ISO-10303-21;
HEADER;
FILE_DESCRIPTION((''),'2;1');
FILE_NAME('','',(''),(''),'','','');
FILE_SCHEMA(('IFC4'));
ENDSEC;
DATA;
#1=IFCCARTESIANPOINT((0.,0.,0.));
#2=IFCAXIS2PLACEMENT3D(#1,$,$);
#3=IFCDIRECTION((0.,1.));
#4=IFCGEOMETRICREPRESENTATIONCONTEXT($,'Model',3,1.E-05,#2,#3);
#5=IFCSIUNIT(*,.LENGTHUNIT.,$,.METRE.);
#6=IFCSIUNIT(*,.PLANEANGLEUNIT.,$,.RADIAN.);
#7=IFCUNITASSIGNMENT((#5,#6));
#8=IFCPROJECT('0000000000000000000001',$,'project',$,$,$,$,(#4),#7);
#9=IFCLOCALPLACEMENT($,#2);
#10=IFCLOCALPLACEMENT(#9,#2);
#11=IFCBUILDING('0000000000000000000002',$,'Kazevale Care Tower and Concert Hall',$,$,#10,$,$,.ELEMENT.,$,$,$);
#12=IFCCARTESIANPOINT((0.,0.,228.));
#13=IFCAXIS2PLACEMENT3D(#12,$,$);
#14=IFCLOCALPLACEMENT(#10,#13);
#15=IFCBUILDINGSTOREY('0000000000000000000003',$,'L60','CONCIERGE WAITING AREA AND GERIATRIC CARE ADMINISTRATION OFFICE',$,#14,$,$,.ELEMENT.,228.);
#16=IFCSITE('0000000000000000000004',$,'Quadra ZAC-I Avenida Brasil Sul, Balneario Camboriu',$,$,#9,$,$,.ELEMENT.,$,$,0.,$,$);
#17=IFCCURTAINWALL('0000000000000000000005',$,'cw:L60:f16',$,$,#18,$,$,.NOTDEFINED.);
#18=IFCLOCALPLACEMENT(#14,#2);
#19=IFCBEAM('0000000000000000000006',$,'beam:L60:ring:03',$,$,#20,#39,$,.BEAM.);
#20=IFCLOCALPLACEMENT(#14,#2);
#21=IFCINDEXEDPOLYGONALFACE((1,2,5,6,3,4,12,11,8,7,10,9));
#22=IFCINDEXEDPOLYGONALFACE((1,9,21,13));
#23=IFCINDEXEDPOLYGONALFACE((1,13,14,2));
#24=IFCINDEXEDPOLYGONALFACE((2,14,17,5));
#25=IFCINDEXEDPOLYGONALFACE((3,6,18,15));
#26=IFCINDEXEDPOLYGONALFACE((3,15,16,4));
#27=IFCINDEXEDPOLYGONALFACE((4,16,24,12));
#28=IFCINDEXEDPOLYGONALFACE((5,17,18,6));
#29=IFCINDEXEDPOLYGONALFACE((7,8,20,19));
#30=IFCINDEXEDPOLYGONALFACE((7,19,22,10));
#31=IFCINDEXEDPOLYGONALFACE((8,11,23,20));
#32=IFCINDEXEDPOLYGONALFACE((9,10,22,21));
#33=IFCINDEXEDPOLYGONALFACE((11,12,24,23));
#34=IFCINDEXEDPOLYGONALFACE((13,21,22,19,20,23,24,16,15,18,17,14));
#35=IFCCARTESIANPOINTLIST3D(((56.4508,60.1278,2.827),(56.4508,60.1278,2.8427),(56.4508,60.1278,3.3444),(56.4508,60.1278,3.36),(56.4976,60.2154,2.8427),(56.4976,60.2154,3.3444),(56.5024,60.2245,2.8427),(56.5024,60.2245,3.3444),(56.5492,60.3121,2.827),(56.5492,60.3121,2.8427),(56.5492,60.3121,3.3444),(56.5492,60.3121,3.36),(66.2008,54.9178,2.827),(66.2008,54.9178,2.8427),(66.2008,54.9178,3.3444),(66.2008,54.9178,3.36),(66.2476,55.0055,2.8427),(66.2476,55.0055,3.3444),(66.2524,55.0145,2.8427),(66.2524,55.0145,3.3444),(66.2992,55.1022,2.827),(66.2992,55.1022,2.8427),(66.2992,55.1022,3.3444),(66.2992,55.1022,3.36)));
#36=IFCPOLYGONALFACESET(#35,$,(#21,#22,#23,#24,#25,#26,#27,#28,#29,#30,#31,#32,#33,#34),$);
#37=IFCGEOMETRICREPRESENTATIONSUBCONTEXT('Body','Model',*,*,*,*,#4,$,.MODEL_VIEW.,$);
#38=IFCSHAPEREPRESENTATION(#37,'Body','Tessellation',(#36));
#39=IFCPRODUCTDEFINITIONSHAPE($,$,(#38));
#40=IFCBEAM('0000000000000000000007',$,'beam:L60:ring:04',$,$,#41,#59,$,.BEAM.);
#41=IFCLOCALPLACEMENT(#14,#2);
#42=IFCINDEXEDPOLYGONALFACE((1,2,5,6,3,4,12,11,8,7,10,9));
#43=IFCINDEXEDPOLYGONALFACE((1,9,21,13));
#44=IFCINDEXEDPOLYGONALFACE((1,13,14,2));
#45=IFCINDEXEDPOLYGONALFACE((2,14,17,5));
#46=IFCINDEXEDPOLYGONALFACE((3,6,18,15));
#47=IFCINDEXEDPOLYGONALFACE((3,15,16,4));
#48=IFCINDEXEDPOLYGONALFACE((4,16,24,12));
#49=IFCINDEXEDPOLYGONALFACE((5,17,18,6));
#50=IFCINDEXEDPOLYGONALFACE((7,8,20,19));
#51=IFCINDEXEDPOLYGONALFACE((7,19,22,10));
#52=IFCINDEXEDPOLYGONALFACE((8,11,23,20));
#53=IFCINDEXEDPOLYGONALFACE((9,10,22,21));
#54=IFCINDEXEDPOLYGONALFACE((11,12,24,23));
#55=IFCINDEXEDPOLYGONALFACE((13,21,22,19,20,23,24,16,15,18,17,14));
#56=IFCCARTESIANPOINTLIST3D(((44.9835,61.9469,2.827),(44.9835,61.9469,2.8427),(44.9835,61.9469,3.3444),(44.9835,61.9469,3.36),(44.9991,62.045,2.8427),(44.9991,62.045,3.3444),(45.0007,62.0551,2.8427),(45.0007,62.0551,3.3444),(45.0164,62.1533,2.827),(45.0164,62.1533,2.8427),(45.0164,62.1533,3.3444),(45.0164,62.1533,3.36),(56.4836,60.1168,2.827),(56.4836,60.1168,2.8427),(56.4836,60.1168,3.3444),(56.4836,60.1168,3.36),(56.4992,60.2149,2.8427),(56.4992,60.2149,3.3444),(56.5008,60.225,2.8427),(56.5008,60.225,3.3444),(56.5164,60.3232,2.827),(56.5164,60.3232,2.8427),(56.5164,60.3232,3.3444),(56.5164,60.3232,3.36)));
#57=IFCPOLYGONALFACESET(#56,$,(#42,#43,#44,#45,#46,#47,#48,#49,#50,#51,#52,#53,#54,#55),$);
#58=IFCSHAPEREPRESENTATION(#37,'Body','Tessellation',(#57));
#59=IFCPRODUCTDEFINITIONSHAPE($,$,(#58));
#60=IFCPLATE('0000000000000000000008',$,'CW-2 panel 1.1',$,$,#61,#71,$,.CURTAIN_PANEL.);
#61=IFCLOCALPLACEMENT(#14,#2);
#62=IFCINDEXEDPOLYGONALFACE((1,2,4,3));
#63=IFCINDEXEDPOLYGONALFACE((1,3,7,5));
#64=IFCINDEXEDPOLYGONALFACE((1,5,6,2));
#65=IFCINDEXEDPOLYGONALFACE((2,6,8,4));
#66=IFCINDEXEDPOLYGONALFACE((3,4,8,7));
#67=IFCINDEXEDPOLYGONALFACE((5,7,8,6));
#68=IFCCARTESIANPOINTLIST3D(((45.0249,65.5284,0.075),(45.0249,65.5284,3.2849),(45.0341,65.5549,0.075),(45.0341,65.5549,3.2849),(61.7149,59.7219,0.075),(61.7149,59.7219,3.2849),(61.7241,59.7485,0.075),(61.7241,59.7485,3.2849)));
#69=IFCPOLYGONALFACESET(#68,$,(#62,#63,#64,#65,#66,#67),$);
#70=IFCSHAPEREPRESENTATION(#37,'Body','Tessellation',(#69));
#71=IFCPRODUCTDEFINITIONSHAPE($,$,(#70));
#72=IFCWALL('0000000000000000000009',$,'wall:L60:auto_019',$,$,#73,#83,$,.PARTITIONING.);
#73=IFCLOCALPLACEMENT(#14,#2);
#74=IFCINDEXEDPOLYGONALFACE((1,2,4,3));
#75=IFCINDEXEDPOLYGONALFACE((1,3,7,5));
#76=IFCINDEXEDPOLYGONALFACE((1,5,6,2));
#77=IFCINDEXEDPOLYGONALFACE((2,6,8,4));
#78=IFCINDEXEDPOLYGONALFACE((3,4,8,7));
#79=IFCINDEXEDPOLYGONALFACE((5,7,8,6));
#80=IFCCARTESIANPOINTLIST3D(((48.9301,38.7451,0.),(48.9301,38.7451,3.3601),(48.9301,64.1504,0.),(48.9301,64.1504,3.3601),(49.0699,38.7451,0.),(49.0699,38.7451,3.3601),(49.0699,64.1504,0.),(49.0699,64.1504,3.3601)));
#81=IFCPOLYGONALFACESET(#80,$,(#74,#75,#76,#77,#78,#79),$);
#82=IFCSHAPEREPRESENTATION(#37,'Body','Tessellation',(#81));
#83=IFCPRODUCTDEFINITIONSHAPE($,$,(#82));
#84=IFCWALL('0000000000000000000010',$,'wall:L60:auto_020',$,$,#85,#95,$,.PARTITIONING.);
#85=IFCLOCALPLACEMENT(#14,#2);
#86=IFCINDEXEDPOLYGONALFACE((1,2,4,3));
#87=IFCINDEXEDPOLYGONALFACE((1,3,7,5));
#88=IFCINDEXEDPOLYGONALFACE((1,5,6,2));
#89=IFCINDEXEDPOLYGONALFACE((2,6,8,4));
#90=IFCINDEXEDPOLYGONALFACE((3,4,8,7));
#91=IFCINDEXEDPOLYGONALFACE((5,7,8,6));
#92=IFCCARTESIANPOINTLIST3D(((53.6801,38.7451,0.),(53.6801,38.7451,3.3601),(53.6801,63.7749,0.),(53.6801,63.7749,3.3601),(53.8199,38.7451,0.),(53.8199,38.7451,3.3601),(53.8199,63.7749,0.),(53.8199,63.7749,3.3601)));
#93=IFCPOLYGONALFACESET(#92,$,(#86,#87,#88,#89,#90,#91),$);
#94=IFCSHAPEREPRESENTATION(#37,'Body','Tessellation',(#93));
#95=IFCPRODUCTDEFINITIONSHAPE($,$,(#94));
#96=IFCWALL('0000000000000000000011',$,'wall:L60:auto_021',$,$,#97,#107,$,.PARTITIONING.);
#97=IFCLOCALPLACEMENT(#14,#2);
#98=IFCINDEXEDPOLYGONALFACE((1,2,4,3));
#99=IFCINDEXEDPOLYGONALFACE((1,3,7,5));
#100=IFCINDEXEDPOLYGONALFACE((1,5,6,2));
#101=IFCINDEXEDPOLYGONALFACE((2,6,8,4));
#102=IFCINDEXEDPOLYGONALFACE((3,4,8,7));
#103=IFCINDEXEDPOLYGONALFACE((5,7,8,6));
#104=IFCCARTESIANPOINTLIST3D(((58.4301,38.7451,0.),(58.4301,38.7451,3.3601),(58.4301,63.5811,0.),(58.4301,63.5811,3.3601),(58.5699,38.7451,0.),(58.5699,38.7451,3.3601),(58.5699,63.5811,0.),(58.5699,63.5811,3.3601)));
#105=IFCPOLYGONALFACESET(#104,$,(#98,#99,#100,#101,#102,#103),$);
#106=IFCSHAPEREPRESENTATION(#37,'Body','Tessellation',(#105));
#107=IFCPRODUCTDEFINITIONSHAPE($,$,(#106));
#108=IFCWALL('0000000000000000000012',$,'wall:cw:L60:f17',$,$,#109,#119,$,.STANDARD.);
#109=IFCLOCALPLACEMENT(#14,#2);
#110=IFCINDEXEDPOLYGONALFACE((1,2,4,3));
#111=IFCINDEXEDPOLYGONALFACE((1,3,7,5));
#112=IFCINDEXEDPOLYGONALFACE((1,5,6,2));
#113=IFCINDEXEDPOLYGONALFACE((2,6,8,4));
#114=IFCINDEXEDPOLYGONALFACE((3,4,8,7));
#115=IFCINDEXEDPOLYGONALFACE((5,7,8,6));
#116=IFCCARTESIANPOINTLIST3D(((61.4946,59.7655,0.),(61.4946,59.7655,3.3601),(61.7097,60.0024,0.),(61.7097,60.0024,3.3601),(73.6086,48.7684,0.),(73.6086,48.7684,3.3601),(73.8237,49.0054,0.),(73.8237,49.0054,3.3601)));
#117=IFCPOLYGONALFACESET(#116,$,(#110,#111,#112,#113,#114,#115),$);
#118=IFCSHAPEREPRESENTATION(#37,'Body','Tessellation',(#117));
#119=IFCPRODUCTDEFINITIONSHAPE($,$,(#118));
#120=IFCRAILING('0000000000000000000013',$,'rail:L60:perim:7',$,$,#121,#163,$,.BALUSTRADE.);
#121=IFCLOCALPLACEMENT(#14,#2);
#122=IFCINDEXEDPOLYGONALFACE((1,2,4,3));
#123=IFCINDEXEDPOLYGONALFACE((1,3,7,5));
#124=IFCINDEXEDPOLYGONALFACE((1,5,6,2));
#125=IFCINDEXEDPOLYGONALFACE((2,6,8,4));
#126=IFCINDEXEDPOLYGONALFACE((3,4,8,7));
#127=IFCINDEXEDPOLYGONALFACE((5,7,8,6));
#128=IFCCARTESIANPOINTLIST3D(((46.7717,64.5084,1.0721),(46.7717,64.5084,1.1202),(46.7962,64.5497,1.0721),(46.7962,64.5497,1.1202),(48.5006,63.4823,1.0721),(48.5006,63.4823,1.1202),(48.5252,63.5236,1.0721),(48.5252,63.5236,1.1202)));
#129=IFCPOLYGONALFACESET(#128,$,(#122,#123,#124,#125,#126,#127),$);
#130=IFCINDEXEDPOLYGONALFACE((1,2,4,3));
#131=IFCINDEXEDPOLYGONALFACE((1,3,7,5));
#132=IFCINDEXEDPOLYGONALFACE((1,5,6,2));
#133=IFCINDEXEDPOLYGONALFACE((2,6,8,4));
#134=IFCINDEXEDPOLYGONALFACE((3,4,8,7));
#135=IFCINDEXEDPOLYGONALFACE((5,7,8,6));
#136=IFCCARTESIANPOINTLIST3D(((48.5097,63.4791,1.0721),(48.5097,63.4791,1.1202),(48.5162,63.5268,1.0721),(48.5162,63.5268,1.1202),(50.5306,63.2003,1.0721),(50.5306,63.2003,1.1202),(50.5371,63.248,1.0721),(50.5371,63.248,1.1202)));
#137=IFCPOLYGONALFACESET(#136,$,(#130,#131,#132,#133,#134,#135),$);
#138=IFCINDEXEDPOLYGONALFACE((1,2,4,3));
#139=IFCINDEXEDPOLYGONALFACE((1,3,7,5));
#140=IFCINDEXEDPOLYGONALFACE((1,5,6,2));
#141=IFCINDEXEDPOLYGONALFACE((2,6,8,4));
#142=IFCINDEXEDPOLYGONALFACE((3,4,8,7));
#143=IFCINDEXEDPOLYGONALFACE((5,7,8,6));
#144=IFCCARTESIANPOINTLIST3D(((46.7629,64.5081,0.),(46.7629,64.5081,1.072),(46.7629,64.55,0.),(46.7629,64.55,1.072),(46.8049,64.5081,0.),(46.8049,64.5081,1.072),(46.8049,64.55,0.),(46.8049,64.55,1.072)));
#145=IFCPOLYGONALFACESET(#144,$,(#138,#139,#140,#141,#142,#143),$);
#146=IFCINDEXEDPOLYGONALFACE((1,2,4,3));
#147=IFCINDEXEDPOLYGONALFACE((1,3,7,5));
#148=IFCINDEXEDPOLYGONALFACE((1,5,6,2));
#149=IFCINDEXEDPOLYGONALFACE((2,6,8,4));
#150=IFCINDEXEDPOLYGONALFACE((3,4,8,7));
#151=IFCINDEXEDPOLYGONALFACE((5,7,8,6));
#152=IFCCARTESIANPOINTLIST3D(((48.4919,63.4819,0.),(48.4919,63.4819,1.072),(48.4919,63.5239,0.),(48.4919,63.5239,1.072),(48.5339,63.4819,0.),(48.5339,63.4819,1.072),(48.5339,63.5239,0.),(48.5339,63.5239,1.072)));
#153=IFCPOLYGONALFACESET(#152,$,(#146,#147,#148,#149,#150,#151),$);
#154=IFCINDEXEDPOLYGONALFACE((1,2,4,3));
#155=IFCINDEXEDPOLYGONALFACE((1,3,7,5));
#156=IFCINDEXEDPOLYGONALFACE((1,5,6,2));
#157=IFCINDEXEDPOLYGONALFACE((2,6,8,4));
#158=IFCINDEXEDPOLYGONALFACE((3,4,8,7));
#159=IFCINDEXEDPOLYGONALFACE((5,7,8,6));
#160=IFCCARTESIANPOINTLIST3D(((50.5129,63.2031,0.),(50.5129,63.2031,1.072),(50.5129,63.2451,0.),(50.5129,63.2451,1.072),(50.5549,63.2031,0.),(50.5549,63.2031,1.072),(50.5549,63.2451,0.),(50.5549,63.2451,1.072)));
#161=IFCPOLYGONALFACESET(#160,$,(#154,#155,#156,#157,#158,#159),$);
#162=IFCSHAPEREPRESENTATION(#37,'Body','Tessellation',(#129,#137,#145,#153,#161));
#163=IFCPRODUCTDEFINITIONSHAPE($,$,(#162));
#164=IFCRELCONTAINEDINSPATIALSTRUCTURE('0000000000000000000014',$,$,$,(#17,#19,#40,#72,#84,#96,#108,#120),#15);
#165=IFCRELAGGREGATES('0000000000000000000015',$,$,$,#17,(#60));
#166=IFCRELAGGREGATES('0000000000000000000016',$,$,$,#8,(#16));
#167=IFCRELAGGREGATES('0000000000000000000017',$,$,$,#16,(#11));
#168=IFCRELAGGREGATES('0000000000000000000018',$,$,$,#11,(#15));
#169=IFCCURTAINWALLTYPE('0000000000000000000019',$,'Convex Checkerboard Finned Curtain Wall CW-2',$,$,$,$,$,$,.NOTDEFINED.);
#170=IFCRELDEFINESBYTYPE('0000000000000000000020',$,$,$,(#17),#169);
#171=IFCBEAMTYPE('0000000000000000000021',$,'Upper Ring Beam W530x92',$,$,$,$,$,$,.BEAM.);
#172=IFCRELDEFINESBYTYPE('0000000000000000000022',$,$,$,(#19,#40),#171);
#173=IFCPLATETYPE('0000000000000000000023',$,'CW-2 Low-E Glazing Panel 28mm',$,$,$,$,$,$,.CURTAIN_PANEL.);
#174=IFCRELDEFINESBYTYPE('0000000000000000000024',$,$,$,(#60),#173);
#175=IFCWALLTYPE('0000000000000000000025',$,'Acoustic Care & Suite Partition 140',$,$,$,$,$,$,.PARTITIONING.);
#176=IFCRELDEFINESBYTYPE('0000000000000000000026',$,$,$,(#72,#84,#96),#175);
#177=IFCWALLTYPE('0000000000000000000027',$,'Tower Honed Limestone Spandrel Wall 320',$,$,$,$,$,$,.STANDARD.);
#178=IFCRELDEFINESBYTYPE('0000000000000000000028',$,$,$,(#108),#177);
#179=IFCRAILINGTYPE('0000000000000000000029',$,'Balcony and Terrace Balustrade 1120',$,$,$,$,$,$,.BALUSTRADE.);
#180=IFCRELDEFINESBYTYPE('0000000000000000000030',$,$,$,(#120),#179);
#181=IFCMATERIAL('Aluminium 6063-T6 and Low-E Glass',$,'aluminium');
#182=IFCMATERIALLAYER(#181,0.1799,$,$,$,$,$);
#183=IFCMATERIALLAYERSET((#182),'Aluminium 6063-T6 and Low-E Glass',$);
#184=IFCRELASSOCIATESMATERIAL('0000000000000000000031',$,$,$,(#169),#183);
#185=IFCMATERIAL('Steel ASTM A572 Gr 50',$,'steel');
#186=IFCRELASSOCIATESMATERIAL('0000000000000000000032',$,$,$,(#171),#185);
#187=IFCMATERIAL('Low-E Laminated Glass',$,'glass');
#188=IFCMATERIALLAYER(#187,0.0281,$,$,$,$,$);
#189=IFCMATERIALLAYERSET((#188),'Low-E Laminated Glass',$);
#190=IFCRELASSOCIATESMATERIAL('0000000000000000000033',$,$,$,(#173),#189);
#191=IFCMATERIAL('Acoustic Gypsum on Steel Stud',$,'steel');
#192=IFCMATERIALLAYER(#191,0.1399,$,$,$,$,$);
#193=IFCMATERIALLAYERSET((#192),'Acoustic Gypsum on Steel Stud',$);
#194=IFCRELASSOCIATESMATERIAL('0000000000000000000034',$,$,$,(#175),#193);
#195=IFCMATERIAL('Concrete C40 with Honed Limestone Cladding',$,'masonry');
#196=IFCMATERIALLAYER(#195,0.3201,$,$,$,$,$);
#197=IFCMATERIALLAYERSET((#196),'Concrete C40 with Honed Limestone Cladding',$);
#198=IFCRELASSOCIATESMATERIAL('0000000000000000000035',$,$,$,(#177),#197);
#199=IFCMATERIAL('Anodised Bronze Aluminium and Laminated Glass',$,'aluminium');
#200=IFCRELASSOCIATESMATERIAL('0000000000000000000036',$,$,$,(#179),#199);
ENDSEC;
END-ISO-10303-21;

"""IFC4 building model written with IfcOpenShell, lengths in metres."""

from ifc_helpers import new_model, si_unit, direction, frame, frame_2d, origin, origin_2d, place, context, subcontext, project, spatial, rectangle, i_section, extrude, material, layer, layer_set, material_profile, profile_set, type_object, element, aggregate, save


model = new_model("IFC4")

# Units and contexts
model_context = context("Model", 3, precision=1e-05, world=origin(), true_north=direction((0.0, 1.0)))
body_context = subcontext(model_context, "Body", "Model", "MODEL_VIEW")
ifc_project = project(units=[si_unit("LENGTHUNIT", "METRE"), si_unit("PLANEANGLEUNIT", "RADIAN")], contexts=[model_context])

# Site, building, storey
site_placement = place(None, origin())
site = spatial("IfcSite", under=ifc_project, at=site_placement, Name="Quadra ZAC-I Avenida Brasil Sul, Balneario Camboriu", CompositionType="ELEMENT", RefElevation=0.0)
building_placement = place(site_placement, origin())
building = spatial("IfcBuilding", under=site, at=building_placement, Name="Kazevale Care Tower and Concert Hall", CompositionType="ELEMENT")
storey_placement = place(building_placement, frame((0.0, 0.0, 228.0)))
storey = spatial("IfcBuildingStorey", under=building, at=storey_placement, Name="L60", Description="CONCIERGE WAITING AREA AND GERIATRIC CARE ADMINISTRATION OFFICE", CompositionType="ELEMENT", Elevation=228.0)

# Curtain wall
ifc_material_1 = material(Name="Aluminium 6063-T6 and Low-E Glass", Category="aluminium")
ifc_layer_1 = layer(ifc_material_1, 0.1799)
ifc_layer_set_1 = layer_set([ifc_layer_1], Name="Aluminium 6063-T6 and Low-E Glass")
curtain_wall_type_1 = type_object("IfcCurtainWallType", Name="Convex Checkerboard Finned Curtain Wall CW-2", PredefinedType="NOTDEFINED", material=ifc_layer_set_1)
curtain_wall_1_placement = place(storey_placement, origin())
curtain_wall_1 = element("IfcCurtainWall", 1, at=curtain_wall_1_placement, inside=storey, type_object=curtain_wall_type_1, Name="cw:L60:f16", PredefinedType="NOTDEFINED")

# Beams
ifc_material_2 = material(Name="Steel ASTM A572 Gr 50", Category="steel")
ifc_material_profile_1 = material_profile(ifc_material_2, i_section(OverallWidth=0.209, OverallDepth=0.533, WebThickness=0.0103, FlangeThickness=0.0156, at=origin_2d()), Name="W530x92")
ifc_profile_set_1 = profile_set([ifc_material_profile_1], Name="Steel ASTM A572 Gr 50")
beam_type_1 = type_object("IfcBeamType", Name="Upper Ring Beam W530x92", PredefinedType="BEAM", material=ifc_profile_set_1)
beam_1_placement = place(storey_placement, frame((66.25, 55.01, 3.0935), z_axis=(-0.881979, 0.47129, 0.0), x_axis=(-0.47129, -0.881979, 0.0)))
element("IfcBeam", 2, at=beam_1_placement, inside=storey, type_object=beam_type_1, Name="beam:L60:ring:03", PredefinedType="BEAM", context=body_context, shape_type="SweptSolid", body=[
    extrude(i_section(OverallWidth=0.209, OverallDepth=0.533, WebThickness=0.0103, FlangeThickness=0.0156, at=origin_2d()), origin(), (0.0, 0.0, 1.0), 11.0547),
])
beam_2_placement = place(storey_placement, frame((56.5, 60.22, 3.0935), z_axis=(-0.987573, 0.15716, 0.0), x_axis=(-0.15716, -0.987573, 0.0)))
element("IfcBeam", 3, at=beam_2_placement, inside=storey, type_object=beam_type_1, Name="beam:L60:ring:04", PredefinedType="BEAM", context=body_context, shape_type="SweptSolid", body=[
    extrude(i_section(OverallWidth=0.209, OverallDepth=0.533, WebThickness=0.0103, FlangeThickness=0.0156, at=origin_2d()), origin(), (0.0, 0.0, 1.0), 11.6448),
])

# Plate
ifc_material_3 = material(Name="Low-E Laminated Glass", Category="glass")
ifc_layer_2 = layer(ifc_material_3, 0.0281)
ifc_layer_set_2 = layer_set([ifc_layer_2], Name="Low-E Laminated Glass")
plate_type = type_object("IfcPlateType", Name="CW-2 Low-E Glazing Panel 28mm", PredefinedType="CURTAIN_PANEL", material=ifc_layer_set_2)
plate_placement = place(storey_placement, frame((53.3745, 62.6384, 0.075), z_axis=(0.0, 0.0, 1.0), x_axis=(0.944475, -0.328584, 0.0)))
plate = element("IfcPlate", 4, at=plate_placement, type_object=plate_type, Name="CW-2 panel 1.1", PredefinedType="CURTAIN_PANEL", context=body_context, shape_type="SweptSolid", body=[
    extrude(rectangle(XDim=17.6711, YDim=0.0281, at=origin_2d()), origin(), (0.0, 0.0, 1.0), 3.21),
])
aggregate(curtain_wall_1, [plate])

# Walls
ifc_material_4 = material(Name="Acoustic Gypsum on Steel Stud", Category="steel")
ifc_layer_3 = layer(ifc_material_4, 0.1399)
ifc_layer_set_3 = layer_set([ifc_layer_3], Name="Acoustic Gypsum on Steel Stud")
wall_type_1 = type_object("IfcWallType", Name="Acoustic Care & Suite Partition 140", PredefinedType="PARTITIONING", material=ifc_layer_set_3)
wall_1_placement = place(storey_placement, frame((49.0, 64.1504, 0.0), z_axis=(0.0, 0.0, 1.0), x_axis=(0.0, -1.0, 0.0)))
element("IfcWall", 5, at=wall_1_placement, inside=storey, type_object=wall_type_1, Name="wall:L60:auto_019", PredefinedType="PARTITIONING", context=body_context, shape_type="SweptSolid", body=[
    extrude(rectangle(XDim=25.4053, YDim=0.1399, at=frame_2d((12.7026, 0.0))), origin(), (0.0, 0.0, 1.0), 3.3601),
])
wall_2_placement = place(storey_placement, frame((53.75, 63.7749, 0.0), z_axis=(0.0, 0.0, 1.0), x_axis=(0.0, -1.0, 0.0)))
element("IfcWall", 6, at=wall_2_placement, inside=storey, type_object=wall_type_1, Name="wall:L60:auto_020", PredefinedType="PARTITIONING", context=body_context, shape_type="SweptSolid", body=[
    extrude(rectangle(XDim=25.0298, YDim=0.1399, at=frame_2d((12.5149, 0.0))), origin(), (0.0, 0.0, 1.0), 3.3601),
])
wall_3_placement = place(storey_placement, frame((58.5, 63.5811, 0.0), z_axis=(0.0, 0.0, 1.0), x_axis=(0.0, -1.0, 0.0)))
element("IfcWall", 7, at=wall_3_placement, inside=storey, type_object=wall_type_1, Name="wall:L60:auto_021", PredefinedType="PARTITIONING", context=body_context, shape_type="SweptSolid", body=[
    extrude(rectangle(XDim=24.8359, YDim=0.1399, at=frame_2d((12.418, 0.0))), origin(), (0.0, 0.0, 1.0), 3.3601),
])
ifc_material_5 = material(Name="Concrete C40 with Honed Limestone Cladding", Category="masonry")
ifc_layer_4 = layer(ifc_material_5, 0.3201)
ifc_layer_set_4 = layer_set([ifc_layer_4], Name="Concrete C40 with Honed Limestone Cladding")
wall_type_2 = type_object("IfcWallType", Name="Tower Honed Limestone Spandrel Wall 320", PredefinedType="STANDARD", material=ifc_layer_set_4)
wall_4_placement = place(storey_placement, frame((61.6021, 59.884, 0.0), z_axis=(0.0, 0.0, 1.0), x_axis=(0.740417, -0.672148, 0.0)))
element("IfcWall", 8, at=wall_4_placement, inside=storey, type_object=wall_type_2, Name="wall:cw:L60:f17", PredefinedType="STANDARD", context=body_context, shape_type="SweptSolid", body=[
    extrude(rectangle(XDim=16.3611, YDim=0.3201, at=frame_2d((8.1807, 0.0))), origin(), (0.0, 0.0, 1.0), 3.3601),
])

# Railing
ifc_material_6 = material(Name="Anodised Bronze Aluminium and Laminated Glass", Category="aluminium")
railing_type = type_object("IfcRailingType", Name="Balcony and Terrace Balustrade 1120", PredefinedType="BALUSTRADE", material=ifc_material_6)
railing_1_placement = place(storey_placement, frame((46.7839, 64.5291, 0.0)))
element("IfcRailing", 9, at=railing_1_placement, inside=storey, type_object=railing_type, Name="rail:L60:perim:7", PredefinedType="BALUSTRADE", context=body_context, shape_type="SweptSolid", body=[
    extrude(rectangle(XDim=0.0481, YDim=0.0481, at=origin_2d()), frame((0.0, 0.0, 1.0962), z_axis=(0.859958, -0.510365, 0.0), x_axis=(0.510365, 0.859958, 0.0)), (0.0, 0.0, 1.0), 2.0105),
    extrude(rectangle(XDim=0.0481, YDim=0.0481, at=origin_2d()), frame((1.729, -1.0261, 1.0962), z_axis=(0.990618, -0.136662, 0.0), x_axis=(0.136662, 0.990618, 0.0)), (0.0, 0.0, 1.0), 2.04),
    extrude(rectangle(XDim=0.042, YDim=0.042, at=origin_2d()), origin(), (0.0, 0.0, 1.0), 1.072),
    extrude(rectangle(XDim=0.042, YDim=0.042, at=origin_2d()), frame((1.729, -1.0261, 0.0)), (0.0, 0.0, 1.0), 1.072),
    extrude(rectangle(XDim=0.042, YDim=0.042, at=origin_2d()), frame((3.75, -1.3049, 0.0)), (0.0, 0.0, 1.0), 1.072),
])

save(model, "model.ifc")
